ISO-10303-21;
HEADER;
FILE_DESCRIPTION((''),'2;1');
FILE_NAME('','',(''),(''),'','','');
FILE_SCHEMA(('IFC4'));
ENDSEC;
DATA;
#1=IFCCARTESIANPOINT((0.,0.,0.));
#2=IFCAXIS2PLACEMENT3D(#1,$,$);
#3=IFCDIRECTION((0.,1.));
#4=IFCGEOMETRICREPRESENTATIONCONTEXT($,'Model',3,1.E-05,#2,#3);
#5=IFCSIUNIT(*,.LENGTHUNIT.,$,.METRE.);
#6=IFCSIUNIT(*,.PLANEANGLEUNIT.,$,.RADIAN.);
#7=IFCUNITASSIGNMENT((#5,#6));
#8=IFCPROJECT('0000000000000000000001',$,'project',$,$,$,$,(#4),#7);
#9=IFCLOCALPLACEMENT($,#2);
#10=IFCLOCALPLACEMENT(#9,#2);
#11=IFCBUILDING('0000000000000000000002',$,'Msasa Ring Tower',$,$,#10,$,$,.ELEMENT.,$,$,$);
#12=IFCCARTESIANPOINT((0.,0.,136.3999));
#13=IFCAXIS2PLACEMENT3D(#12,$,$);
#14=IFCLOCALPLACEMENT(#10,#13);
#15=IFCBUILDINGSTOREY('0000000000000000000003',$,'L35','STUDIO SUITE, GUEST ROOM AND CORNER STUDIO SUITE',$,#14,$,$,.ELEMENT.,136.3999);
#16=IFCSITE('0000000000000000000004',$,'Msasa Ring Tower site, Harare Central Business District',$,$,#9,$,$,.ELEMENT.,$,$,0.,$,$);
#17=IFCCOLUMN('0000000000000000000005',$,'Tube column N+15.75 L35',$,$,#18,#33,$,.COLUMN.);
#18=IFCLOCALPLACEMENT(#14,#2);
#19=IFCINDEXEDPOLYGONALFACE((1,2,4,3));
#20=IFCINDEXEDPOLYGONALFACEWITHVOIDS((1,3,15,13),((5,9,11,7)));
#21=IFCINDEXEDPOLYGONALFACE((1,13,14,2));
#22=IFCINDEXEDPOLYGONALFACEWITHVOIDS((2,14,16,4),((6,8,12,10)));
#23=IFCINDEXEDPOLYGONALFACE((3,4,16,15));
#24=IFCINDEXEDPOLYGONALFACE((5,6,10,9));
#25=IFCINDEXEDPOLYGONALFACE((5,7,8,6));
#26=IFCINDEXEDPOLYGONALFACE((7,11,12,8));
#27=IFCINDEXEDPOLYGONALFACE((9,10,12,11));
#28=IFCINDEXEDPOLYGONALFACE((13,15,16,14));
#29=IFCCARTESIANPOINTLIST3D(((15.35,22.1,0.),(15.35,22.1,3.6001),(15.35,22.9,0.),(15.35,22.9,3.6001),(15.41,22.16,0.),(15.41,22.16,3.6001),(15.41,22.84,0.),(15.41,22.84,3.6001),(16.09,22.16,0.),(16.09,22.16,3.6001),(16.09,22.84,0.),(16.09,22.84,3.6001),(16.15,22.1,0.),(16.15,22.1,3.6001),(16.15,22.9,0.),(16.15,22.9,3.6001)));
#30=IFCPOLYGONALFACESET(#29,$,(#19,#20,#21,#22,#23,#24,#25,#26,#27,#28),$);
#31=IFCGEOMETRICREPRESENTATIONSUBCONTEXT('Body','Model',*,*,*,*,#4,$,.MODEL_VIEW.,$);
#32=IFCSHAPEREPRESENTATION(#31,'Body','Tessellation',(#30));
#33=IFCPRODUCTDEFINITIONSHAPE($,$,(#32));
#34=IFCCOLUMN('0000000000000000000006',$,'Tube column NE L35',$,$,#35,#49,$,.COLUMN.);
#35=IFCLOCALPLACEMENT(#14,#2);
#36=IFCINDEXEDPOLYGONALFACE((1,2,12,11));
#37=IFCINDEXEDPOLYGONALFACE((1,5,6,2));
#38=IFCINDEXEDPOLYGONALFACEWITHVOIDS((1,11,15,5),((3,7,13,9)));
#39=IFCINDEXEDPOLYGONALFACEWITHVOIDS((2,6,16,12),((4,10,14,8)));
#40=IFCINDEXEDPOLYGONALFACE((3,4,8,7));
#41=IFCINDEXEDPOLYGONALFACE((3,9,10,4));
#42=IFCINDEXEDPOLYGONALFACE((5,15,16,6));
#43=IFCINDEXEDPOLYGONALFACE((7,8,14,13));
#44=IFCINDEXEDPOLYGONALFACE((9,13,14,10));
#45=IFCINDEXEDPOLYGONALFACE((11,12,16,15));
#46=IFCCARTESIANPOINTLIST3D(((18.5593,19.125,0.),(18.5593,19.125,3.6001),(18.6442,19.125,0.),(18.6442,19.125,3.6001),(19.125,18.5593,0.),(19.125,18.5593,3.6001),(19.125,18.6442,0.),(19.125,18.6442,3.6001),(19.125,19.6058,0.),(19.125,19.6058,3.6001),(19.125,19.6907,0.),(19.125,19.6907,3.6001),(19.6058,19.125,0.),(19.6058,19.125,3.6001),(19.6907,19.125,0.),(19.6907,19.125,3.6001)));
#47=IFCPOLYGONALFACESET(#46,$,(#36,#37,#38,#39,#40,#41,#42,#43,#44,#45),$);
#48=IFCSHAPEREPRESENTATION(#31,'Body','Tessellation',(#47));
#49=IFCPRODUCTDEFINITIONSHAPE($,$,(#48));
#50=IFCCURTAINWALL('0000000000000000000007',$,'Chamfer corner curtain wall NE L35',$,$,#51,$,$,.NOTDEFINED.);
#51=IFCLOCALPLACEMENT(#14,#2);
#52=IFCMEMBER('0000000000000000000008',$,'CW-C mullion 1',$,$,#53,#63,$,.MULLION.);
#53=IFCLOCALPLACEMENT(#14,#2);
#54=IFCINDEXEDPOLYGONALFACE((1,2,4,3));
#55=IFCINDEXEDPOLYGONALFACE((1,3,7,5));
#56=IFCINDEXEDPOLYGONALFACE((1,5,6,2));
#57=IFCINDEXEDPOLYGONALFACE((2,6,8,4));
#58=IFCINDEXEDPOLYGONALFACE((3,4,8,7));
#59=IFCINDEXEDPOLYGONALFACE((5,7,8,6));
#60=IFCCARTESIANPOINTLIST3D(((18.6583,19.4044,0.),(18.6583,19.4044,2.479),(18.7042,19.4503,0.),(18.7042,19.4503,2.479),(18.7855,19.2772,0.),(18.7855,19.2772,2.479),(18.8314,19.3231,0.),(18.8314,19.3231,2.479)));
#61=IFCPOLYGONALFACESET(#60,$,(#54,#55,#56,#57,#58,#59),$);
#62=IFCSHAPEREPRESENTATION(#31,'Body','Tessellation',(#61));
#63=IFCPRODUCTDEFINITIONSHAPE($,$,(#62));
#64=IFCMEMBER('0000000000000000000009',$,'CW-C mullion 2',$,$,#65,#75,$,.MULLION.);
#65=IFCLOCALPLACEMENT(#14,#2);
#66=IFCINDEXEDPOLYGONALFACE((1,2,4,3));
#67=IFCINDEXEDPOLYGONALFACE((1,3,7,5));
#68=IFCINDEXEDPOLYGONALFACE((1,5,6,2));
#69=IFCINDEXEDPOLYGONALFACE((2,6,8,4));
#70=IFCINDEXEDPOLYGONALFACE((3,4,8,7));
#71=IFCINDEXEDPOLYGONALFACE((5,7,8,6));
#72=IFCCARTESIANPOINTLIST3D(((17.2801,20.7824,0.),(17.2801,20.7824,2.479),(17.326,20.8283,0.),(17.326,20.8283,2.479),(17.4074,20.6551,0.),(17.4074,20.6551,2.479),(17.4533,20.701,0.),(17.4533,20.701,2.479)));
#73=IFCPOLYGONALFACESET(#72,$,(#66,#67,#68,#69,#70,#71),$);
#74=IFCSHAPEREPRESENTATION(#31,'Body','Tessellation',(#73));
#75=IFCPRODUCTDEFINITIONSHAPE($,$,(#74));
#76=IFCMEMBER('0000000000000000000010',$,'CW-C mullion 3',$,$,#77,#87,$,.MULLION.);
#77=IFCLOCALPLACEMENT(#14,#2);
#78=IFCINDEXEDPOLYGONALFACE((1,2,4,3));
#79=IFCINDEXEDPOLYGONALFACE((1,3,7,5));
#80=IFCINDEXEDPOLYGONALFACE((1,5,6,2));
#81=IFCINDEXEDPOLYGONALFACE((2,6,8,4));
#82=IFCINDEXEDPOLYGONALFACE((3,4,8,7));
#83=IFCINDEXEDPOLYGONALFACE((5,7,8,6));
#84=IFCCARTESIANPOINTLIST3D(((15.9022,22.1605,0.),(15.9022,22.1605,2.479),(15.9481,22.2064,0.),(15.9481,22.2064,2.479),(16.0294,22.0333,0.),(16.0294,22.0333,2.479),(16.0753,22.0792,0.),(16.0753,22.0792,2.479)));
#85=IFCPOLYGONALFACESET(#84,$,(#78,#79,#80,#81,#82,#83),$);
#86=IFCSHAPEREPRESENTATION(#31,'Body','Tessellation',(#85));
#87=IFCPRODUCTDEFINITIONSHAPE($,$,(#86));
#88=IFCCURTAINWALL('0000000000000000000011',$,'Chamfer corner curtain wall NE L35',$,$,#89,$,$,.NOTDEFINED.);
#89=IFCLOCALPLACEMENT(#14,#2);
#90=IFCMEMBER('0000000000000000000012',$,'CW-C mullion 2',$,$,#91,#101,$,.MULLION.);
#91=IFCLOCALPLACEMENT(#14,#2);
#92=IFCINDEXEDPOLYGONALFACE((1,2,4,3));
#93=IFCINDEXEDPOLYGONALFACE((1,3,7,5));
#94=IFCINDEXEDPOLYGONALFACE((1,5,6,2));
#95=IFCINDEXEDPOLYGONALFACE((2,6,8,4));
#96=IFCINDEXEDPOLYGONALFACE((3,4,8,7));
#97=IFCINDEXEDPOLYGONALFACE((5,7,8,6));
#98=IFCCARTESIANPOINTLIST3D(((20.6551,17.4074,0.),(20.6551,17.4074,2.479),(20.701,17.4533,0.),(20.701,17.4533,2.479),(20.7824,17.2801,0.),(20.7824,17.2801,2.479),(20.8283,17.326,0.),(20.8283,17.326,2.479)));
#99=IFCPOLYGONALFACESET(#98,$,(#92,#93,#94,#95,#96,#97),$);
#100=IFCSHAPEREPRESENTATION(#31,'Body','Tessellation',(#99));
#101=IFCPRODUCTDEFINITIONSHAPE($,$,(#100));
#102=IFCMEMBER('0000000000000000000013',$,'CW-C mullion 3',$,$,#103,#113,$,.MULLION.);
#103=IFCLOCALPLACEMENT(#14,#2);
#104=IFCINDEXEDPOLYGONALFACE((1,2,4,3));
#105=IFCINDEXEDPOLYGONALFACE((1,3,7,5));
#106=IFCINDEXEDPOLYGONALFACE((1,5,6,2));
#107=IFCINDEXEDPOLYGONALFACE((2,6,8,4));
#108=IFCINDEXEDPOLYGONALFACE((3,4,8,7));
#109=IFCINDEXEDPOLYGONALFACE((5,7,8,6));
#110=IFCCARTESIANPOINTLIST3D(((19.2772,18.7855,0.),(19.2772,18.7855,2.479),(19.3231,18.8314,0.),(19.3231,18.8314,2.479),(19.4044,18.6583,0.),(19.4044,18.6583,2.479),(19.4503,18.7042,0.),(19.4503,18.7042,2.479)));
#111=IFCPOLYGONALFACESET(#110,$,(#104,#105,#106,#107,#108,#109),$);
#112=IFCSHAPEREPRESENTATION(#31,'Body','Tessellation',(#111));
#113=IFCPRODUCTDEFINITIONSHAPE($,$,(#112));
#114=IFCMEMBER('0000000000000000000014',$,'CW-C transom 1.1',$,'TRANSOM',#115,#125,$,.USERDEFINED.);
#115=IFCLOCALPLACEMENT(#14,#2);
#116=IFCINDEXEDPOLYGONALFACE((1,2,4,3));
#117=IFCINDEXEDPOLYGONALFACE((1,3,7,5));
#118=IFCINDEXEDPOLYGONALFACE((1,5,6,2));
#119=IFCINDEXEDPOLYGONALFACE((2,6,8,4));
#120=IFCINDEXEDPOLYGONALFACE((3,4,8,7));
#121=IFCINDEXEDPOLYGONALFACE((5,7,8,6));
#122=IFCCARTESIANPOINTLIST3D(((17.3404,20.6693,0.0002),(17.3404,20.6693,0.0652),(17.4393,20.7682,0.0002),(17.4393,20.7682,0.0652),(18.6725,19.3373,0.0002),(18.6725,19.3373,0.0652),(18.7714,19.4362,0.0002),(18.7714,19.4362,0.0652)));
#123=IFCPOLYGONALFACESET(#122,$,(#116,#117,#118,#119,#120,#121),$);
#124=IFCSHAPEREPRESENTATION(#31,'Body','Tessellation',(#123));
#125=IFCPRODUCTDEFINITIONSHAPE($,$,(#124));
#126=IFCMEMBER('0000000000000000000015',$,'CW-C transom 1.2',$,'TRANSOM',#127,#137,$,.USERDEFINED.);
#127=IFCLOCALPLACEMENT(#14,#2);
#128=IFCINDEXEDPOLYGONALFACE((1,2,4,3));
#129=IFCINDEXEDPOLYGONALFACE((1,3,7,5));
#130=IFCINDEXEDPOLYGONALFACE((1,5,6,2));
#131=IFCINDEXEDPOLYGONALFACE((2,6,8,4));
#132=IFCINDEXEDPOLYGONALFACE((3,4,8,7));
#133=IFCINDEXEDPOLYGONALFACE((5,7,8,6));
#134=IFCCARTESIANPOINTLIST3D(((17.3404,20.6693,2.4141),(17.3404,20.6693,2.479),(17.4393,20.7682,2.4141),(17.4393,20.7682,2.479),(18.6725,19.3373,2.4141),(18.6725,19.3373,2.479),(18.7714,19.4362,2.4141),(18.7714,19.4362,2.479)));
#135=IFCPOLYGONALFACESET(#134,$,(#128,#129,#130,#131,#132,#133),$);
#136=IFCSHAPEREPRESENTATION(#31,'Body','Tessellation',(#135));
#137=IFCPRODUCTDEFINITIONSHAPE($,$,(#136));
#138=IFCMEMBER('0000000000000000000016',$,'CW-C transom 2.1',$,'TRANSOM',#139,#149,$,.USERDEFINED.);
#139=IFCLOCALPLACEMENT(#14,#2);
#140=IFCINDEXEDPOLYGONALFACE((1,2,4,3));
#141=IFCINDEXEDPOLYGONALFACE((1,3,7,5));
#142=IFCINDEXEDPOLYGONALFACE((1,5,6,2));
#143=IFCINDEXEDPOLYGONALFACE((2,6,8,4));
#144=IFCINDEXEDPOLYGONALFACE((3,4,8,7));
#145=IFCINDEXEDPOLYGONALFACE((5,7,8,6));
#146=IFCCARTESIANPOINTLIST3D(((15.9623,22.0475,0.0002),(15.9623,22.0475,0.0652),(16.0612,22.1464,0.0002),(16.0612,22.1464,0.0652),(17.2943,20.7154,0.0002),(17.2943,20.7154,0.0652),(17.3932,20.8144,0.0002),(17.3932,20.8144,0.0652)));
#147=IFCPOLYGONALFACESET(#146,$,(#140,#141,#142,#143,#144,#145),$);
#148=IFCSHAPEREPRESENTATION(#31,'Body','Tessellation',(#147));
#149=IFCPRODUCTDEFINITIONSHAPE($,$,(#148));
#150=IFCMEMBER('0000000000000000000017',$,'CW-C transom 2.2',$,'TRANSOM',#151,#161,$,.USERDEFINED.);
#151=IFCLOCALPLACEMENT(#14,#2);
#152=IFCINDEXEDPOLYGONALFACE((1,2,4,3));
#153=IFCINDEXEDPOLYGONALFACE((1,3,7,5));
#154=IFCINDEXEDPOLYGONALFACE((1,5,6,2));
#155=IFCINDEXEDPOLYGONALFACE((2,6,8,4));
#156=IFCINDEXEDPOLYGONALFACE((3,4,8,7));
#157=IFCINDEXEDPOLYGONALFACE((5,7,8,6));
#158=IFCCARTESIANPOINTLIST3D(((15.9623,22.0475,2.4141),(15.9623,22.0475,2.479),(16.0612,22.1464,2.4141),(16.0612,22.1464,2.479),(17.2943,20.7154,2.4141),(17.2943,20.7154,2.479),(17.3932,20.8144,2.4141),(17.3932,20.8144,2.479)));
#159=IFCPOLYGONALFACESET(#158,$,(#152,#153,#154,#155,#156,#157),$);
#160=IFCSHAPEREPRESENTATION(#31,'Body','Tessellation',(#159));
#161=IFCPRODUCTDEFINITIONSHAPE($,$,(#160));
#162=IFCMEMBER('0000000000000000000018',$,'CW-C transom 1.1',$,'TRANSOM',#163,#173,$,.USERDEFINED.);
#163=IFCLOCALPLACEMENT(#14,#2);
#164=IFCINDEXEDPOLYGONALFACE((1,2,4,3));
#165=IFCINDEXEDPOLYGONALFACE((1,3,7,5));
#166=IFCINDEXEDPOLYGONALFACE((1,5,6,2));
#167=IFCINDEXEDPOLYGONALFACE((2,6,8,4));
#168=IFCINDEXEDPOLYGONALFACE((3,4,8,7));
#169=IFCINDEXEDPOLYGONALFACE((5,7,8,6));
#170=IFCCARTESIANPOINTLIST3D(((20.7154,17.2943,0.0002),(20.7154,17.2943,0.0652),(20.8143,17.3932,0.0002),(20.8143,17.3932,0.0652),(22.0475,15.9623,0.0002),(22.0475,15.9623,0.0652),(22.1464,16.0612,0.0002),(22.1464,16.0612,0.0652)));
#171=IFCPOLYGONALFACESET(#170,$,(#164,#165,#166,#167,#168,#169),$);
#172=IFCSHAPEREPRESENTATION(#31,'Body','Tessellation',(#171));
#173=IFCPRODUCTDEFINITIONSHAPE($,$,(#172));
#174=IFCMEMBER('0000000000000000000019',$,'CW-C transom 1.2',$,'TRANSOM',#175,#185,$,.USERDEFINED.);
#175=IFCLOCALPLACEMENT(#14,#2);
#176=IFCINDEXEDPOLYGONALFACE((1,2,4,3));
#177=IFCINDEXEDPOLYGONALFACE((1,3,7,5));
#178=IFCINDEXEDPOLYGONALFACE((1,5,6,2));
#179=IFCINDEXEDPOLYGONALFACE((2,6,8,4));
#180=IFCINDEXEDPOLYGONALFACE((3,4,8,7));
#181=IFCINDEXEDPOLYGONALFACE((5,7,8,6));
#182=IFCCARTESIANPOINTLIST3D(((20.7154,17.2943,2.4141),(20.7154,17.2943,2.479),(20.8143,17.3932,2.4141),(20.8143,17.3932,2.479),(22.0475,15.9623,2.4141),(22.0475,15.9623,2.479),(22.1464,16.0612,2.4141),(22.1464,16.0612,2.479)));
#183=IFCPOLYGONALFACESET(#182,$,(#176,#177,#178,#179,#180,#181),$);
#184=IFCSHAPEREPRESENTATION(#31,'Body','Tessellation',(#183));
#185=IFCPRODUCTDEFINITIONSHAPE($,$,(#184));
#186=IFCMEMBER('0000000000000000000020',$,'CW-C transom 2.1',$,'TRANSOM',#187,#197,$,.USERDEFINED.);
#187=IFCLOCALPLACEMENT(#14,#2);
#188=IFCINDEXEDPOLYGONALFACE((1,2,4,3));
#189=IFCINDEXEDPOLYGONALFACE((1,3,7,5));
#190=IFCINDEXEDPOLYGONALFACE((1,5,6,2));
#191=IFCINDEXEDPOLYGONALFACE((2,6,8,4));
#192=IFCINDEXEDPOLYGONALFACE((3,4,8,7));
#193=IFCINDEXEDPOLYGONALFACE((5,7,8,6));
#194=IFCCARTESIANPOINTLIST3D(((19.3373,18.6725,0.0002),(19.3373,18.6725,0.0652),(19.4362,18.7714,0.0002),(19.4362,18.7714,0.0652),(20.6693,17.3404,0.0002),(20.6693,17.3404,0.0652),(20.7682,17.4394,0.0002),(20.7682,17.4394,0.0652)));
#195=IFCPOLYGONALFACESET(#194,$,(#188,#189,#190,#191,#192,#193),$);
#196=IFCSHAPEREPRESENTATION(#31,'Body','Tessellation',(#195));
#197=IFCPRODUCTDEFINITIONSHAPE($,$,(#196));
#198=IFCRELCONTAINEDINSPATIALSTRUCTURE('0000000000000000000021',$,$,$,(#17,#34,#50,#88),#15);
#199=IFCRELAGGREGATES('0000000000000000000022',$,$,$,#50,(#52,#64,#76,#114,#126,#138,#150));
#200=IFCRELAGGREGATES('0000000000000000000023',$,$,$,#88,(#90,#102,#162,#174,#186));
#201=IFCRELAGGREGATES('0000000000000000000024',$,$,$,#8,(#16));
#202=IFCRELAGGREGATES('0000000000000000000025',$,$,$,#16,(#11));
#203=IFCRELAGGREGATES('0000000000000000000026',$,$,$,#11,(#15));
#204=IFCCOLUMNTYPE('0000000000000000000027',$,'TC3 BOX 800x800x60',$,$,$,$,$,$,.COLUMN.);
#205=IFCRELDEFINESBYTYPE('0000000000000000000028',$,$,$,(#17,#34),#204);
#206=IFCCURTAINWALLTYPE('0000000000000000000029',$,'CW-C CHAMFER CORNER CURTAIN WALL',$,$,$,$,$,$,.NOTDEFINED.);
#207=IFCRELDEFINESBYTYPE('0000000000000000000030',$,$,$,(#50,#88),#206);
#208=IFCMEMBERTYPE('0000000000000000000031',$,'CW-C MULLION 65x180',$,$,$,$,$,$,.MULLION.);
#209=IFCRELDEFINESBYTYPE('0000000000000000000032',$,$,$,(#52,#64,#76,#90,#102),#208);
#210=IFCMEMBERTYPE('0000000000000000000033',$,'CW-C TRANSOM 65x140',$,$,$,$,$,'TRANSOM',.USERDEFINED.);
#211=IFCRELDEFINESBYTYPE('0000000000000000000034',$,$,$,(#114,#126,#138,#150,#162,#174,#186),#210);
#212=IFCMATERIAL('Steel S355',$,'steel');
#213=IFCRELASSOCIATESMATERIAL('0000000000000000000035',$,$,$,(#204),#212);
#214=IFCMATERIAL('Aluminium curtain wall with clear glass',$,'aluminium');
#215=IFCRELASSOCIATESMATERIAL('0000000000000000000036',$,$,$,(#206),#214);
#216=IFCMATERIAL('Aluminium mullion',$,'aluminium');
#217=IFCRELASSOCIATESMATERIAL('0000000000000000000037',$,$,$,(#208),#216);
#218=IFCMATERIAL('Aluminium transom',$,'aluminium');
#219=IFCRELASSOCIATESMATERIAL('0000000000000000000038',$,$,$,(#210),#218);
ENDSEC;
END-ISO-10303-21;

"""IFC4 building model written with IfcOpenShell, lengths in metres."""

from ifc_helpers import new_model, si_unit, direction, frame, origin, origin_2d, place, context, subcontext, project, spatial, rectangle, hollow_rectangle, extrude, material, material_profile, profile_set, type_object, element, aggregate, save


model = new_model("IFC4")

# Units and contexts
model_context = context("Model", 3, precision=1e-05, world=origin(), true_north=direction((0.0, 1.0)))
body_context = subcontext(model_context, "Body", "Model", "MODEL_VIEW")
ifc_project = project(units=[si_unit("LENGTHUNIT", "METRE"), si_unit("PLANEANGLEUNIT", "RADIAN")], contexts=[model_context])

# Site, building, storey
site_placement = place(None, origin())
site = spatial("IfcSite", under=ifc_project, at=site_placement, Name="Msasa Ring Tower site, Harare Central Business District", CompositionType="ELEMENT", RefElevation=0.0)
building_placement = place(site_placement, origin())
building = spatial("IfcBuilding", under=site, at=building_placement, Name="Msasa Ring Tower", CompositionType="ELEMENT")
storey_placement = place(building_placement, frame((0.0, 0.0, 136.3999)))
storey = spatial("IfcBuildingStorey", under=building, at=storey_placement, Name="L35", Description="STUDIO SUITE, GUEST ROOM AND CORNER STUDIO SUITE", CompositionType="ELEMENT", Elevation=136.3999)

# Columns
ifc_material_1 = material(Name="Steel S355", Category="steel")
ifc_material_profile_1 = material_profile(ifc_material_1, hollow_rectangle(XDim=0.8, YDim=0.8, WallThickness=0.0601, at=origin_2d()), Name="BOX 800x800x60")
ifc_profile_set_1 = profile_set([ifc_material_profile_1], Name="Steel S355")
column_type = type_object("IfcColumnType", Name="TC3 BOX 800x800x60", PredefinedType="COLUMN", material=ifc_profile_set_1)
for number, where, z_axis, x_axis, name in (
    (1, (15.75, 22.5, 0.0), (0.0, 0.0, 1.0), (0.0, 1.0, 0.0), "Tube column N+15.75 L35"),
    (2, (19.125, 19.125, 0.0), (0.0, 0.0, 1.0), (0.707107, 0.707107, 0.0), "Tube column NE L35"),
):
    element("IfcColumn", number, at=place(storey_placement, frame(where, z_axis=z_axis, x_axis=x_axis)), inside=storey, type_object=column_type, Name=name, PredefinedType="COLUMN", context=body_context, shape_type="SweptSolid", body=[
        extrude(hollow_rectangle(XDim=0.8, YDim=0.8, WallThickness=0.0601, at=origin_2d()), origin(), (0.0, 0.0, 1.0), 3.6001),
    ])

# Curtain walls, members
ifc_material_2 = material(Name="Aluminium curtain wall with clear glass", Category="aluminium")
curtain_wall_type = type_object("IfcCurtainWallType", Name="CW-C CHAMFER CORNER CURTAIN WALL", PredefinedType="NOTDEFINED", material=ifc_material_2)
curtain_wall_1_placement = place(storey_placement, origin())
curtain_wall_1 = element("IfcCurtainWall", 3, at=curtain_wall_1_placement, inside=storey, type_object=curtain_wall_type, Name="Chamfer corner curtain wall NE L35", PredefinedType="NOTDEFINED")
ifc_material_3 = material(Name="Aluminium mullion", Category="aluminium")
ifc_material_profile_2 = material_profile(ifc_material_3, rectangle(XDim=0.0649, YDim=0.1799, at=origin_2d()), Name="AL 65x180")
ifc_profile_set_2 = profile_set([ifc_material_profile_2], Name="Aluminium mullion")
member_type_1 = type_object("IfcMemberType", Name="CW-C MULLION 65x180", PredefinedType="MULLION", material=ifc_profile_set_2)
member_1_placement = place(storey_placement, frame((18.7449, 19.3638, 0.0), z_axis=(0.0, 0.0, 1.0), x_axis=(-0.707107, -0.707107, 0.0)))
member_1 = element("IfcMember", 4, at=member_1_placement, type_object=member_type_1, Name="CW-C mullion 1", PredefinedType="MULLION", context=body_context, shape_type="SweptSolid", body=[
    extrude(rectangle(XDim=0.0649, YDim=0.1799, at=origin_2d()), origin(), (0.0, 0.0, 1.0), 2.479),
])
member_2_placement = place(storey_placement, frame((17.3667, 20.7417, 0.0), z_axis=(0.0, 0.0, 1.0), x_axis=(-0.707107, -0.707107, 0.0)))
member_2 = element("IfcMember", 5, at=member_2_placement, type_object=member_type_1, Name="CW-C mullion 2", PredefinedType="MULLION", context=body_context, shape_type="SweptSolid", body=[
    extrude(rectangle(XDim=0.0649, YDim=0.1799, at=origin_2d()), origin(), (0.0, 0.0, 1.0), 2.479),
])
member_3_placement = place(storey_placement, frame((15.9888, 22.1199, 0.0), z_axis=(0.0, 0.0, 1.0), x_axis=(-0.707107, -0.707107, 0.0)))
member_3 = element("IfcMember", 6, at=member_3_placement, type_object=member_type_1, Name="CW-C mullion 3", PredefinedType="MULLION", context=body_context, shape_type="SweptSolid", body=[
    extrude(rectangle(XDim=0.0649, YDim=0.1799, at=origin_2d()), origin(), (0.0, 0.0, 1.0), 2.479),
])
curtain_wall_2_placement = place(storey_placement, origin())
curtain_wall_2 = element("IfcCurtainWall", 7, at=curtain_wall_2_placement, inside=storey, type_object=curtain_wall_type, Name="Chamfer corner curtain wall NE L35", PredefinedType="NOTDEFINED")
member_4_placement = place(storey_placement, frame((20.7417, 17.3667, 0.0), z_axis=(0.0, 0.0, 1.0), x_axis=(-0.707107, -0.707107, 0.0)))
member_4 = element("IfcMember", 8, at=member_4_placement, type_object=member_type_1, Name="CW-C mullion 2", PredefinedType="MULLION", context=body_context, shape_type="SweptSolid", body=[
    extrude(rectangle(XDim=0.0649, YDim=0.1799, at=origin_2d()), origin(), (0.0, 0.0, 1.0), 2.479),
])
member_5_placement = place(storey_placement, frame((19.3638, 18.7449, 0.0), z_axis=(0.0, 0.0, 1.0), x_axis=(-0.707107, -0.707107, 0.0)))
member_5 = element("IfcMember", 9, at=member_5_placement, type_object=member_type_1, Name="CW-C mullion 3", PredefinedType="MULLION", context=body_context, shape_type="SweptSolid", body=[
    extrude(rectangle(XDim=0.0649, YDim=0.1799, at=origin_2d()), origin(), (0.0, 0.0, 1.0), 2.479),
])

# Members
ifc_material_4 = material(Name="Aluminium transom", Category="aluminium")
ifc_material_profile_3 = material_profile(ifc_material_4, rectangle(XDim=0.1399, YDim=0.0649, at=origin_2d()), Name="AL 65x140")
ifc_profile_set_3 = profile_set([ifc_material_profile_3], Name="Aluminium transom")
member_type_2 = type_object("IfcMemberType", Name="CW-C TRANSOM 65x140", ElementType="TRANSOM", PredefinedType="USERDEFINED", material=ifc_profile_set_3)
member_6_placement = place(storey_placement, frame((18.7219, 19.3867, 0.0327), z_axis=(-0.707107, 0.707107, 0.0), x_axis=(-0.707107, -0.707107, 0.0)))
member_6 = element("IfcMember", 10, at=member_6_placement, type_object=member_type_2, Name="CW-C transom 1.1", ObjectType="TRANSOM", PredefinedType="USERDEFINED", context=body_context, shape_type="SweptSolid", body=[
    extrude(rectangle(XDim=0.1399, YDim=0.0649, at=origin_2d()), origin(), (0.0, 0.0, 1.0), 1.8838),
])
member_7_placement = place(storey_placement, frame((18.7219, 19.3867, 2.4465), z_axis=(-0.707107, 0.707107, 0.0), x_axis=(-0.707107, -0.707107, 0.0)))
member_7 = element("IfcMember", 11, at=member_7_placement, type_object=member_type_2, Name="CW-C transom 1.2", ObjectType="TRANSOM", PredefinedType="USERDEFINED", context=body_context, shape_type="SweptSolid", body=[
    extrude(rectangle(XDim=0.1399, YDim=0.0649, at=origin_2d()), origin(), (0.0, 0.0, 1.0), 1.8838),
])
member_8_placement = place(storey_placement, frame((17.3438, 20.7649, 0.0327), z_axis=(-0.707107, 0.707107, 0.0), x_axis=(-0.707107, -0.707107, 0.0)))
member_8 = element("IfcMember", 12, at=member_8_placement, type_object=member_type_2, Name="CW-C transom 2.1", ObjectType="TRANSOM", PredefinedType="USERDEFINED", context=body_context, shape_type="SweptSolid", body=[
    extrude(rectangle(XDim=0.1399, YDim=0.0649, at=origin_2d()), origin(), (0.0, 0.0, 1.0), 1.8838),
])
member_9_placement = place(storey_placement, frame((17.3438, 20.7649, 2.4465), z_axis=(-0.707107, 0.707107, 0.0), x_axis=(-0.707107, -0.707107, 0.0)))
member_9 = element("IfcMember", 13, at=member_9_placement, type_object=member_type_2, Name="CW-C transom 2.2", ObjectType="TRANSOM", PredefinedType="USERDEFINED", context=body_context, shape_type="SweptSolid", body=[
    extrude(rectangle(XDim=0.1399, YDim=0.0649, at=origin_2d()), origin(), (0.0, 0.0, 1.0), 1.8838),
])
member_10_placement = place(storey_placement, frame((22.0969, 16.0117, 0.0327), z_axis=(-0.707107, 0.707107, 0.0), x_axis=(-0.707107, -0.707107, 0.0)))
member_10 = element("IfcMember", 14, at=member_10_placement, type_object=member_type_2, Name="CW-C transom 1.1", ObjectType="TRANSOM", PredefinedType="USERDEFINED", context=body_context, shape_type="SweptSolid", body=[
    extrude(rectangle(XDim=0.1399, YDim=0.0649, at=origin_2d()), origin(), (0.0, 0.0, 1.0), 1.8838),
])
member_11_placement = place(storey_placement, frame((22.0969, 16.0117, 2.4465), z_axis=(-0.707107, 0.707107, 0.0), x_axis=(-0.707107, -0.707107, 0.0)))
member_11 = element("IfcMember", 15, at=member_11_placement, type_object=member_type_2, Name="CW-C transom 1.2", ObjectType="TRANSOM", PredefinedType="USERDEFINED", context=body_context, shape_type="SweptSolid", body=[
    extrude(rectangle(XDim=0.1399, YDim=0.0649, at=origin_2d()), origin(), (0.0, 0.0, 1.0), 1.8838),
])
member_12_placement = place(storey_placement, frame((20.7188, 17.3899, 0.0327), z_axis=(-0.707107, 0.707107, 0.0), x_axis=(-0.707107, -0.707107, 0.0)))
member_12 = element("IfcMember", 16, at=member_12_placement, type_object=member_type_2, Name="CW-C transom 2.1", ObjectType="TRANSOM", PredefinedType="USERDEFINED", context=body_context, shape_type="SweptSolid", body=[
    extrude(rectangle(XDim=0.1399, YDim=0.0649, at=origin_2d()), origin(), (0.0, 0.0, 1.0), 1.8838),
])

aggregate(curtain_wall_1, [member_1, member_2, member_3, member_6, member_7, member_8, member_9])
aggregate(curtain_wall_2, [member_4, member_5, member_10, member_11, member_12])

save(model, "model.ifc")
